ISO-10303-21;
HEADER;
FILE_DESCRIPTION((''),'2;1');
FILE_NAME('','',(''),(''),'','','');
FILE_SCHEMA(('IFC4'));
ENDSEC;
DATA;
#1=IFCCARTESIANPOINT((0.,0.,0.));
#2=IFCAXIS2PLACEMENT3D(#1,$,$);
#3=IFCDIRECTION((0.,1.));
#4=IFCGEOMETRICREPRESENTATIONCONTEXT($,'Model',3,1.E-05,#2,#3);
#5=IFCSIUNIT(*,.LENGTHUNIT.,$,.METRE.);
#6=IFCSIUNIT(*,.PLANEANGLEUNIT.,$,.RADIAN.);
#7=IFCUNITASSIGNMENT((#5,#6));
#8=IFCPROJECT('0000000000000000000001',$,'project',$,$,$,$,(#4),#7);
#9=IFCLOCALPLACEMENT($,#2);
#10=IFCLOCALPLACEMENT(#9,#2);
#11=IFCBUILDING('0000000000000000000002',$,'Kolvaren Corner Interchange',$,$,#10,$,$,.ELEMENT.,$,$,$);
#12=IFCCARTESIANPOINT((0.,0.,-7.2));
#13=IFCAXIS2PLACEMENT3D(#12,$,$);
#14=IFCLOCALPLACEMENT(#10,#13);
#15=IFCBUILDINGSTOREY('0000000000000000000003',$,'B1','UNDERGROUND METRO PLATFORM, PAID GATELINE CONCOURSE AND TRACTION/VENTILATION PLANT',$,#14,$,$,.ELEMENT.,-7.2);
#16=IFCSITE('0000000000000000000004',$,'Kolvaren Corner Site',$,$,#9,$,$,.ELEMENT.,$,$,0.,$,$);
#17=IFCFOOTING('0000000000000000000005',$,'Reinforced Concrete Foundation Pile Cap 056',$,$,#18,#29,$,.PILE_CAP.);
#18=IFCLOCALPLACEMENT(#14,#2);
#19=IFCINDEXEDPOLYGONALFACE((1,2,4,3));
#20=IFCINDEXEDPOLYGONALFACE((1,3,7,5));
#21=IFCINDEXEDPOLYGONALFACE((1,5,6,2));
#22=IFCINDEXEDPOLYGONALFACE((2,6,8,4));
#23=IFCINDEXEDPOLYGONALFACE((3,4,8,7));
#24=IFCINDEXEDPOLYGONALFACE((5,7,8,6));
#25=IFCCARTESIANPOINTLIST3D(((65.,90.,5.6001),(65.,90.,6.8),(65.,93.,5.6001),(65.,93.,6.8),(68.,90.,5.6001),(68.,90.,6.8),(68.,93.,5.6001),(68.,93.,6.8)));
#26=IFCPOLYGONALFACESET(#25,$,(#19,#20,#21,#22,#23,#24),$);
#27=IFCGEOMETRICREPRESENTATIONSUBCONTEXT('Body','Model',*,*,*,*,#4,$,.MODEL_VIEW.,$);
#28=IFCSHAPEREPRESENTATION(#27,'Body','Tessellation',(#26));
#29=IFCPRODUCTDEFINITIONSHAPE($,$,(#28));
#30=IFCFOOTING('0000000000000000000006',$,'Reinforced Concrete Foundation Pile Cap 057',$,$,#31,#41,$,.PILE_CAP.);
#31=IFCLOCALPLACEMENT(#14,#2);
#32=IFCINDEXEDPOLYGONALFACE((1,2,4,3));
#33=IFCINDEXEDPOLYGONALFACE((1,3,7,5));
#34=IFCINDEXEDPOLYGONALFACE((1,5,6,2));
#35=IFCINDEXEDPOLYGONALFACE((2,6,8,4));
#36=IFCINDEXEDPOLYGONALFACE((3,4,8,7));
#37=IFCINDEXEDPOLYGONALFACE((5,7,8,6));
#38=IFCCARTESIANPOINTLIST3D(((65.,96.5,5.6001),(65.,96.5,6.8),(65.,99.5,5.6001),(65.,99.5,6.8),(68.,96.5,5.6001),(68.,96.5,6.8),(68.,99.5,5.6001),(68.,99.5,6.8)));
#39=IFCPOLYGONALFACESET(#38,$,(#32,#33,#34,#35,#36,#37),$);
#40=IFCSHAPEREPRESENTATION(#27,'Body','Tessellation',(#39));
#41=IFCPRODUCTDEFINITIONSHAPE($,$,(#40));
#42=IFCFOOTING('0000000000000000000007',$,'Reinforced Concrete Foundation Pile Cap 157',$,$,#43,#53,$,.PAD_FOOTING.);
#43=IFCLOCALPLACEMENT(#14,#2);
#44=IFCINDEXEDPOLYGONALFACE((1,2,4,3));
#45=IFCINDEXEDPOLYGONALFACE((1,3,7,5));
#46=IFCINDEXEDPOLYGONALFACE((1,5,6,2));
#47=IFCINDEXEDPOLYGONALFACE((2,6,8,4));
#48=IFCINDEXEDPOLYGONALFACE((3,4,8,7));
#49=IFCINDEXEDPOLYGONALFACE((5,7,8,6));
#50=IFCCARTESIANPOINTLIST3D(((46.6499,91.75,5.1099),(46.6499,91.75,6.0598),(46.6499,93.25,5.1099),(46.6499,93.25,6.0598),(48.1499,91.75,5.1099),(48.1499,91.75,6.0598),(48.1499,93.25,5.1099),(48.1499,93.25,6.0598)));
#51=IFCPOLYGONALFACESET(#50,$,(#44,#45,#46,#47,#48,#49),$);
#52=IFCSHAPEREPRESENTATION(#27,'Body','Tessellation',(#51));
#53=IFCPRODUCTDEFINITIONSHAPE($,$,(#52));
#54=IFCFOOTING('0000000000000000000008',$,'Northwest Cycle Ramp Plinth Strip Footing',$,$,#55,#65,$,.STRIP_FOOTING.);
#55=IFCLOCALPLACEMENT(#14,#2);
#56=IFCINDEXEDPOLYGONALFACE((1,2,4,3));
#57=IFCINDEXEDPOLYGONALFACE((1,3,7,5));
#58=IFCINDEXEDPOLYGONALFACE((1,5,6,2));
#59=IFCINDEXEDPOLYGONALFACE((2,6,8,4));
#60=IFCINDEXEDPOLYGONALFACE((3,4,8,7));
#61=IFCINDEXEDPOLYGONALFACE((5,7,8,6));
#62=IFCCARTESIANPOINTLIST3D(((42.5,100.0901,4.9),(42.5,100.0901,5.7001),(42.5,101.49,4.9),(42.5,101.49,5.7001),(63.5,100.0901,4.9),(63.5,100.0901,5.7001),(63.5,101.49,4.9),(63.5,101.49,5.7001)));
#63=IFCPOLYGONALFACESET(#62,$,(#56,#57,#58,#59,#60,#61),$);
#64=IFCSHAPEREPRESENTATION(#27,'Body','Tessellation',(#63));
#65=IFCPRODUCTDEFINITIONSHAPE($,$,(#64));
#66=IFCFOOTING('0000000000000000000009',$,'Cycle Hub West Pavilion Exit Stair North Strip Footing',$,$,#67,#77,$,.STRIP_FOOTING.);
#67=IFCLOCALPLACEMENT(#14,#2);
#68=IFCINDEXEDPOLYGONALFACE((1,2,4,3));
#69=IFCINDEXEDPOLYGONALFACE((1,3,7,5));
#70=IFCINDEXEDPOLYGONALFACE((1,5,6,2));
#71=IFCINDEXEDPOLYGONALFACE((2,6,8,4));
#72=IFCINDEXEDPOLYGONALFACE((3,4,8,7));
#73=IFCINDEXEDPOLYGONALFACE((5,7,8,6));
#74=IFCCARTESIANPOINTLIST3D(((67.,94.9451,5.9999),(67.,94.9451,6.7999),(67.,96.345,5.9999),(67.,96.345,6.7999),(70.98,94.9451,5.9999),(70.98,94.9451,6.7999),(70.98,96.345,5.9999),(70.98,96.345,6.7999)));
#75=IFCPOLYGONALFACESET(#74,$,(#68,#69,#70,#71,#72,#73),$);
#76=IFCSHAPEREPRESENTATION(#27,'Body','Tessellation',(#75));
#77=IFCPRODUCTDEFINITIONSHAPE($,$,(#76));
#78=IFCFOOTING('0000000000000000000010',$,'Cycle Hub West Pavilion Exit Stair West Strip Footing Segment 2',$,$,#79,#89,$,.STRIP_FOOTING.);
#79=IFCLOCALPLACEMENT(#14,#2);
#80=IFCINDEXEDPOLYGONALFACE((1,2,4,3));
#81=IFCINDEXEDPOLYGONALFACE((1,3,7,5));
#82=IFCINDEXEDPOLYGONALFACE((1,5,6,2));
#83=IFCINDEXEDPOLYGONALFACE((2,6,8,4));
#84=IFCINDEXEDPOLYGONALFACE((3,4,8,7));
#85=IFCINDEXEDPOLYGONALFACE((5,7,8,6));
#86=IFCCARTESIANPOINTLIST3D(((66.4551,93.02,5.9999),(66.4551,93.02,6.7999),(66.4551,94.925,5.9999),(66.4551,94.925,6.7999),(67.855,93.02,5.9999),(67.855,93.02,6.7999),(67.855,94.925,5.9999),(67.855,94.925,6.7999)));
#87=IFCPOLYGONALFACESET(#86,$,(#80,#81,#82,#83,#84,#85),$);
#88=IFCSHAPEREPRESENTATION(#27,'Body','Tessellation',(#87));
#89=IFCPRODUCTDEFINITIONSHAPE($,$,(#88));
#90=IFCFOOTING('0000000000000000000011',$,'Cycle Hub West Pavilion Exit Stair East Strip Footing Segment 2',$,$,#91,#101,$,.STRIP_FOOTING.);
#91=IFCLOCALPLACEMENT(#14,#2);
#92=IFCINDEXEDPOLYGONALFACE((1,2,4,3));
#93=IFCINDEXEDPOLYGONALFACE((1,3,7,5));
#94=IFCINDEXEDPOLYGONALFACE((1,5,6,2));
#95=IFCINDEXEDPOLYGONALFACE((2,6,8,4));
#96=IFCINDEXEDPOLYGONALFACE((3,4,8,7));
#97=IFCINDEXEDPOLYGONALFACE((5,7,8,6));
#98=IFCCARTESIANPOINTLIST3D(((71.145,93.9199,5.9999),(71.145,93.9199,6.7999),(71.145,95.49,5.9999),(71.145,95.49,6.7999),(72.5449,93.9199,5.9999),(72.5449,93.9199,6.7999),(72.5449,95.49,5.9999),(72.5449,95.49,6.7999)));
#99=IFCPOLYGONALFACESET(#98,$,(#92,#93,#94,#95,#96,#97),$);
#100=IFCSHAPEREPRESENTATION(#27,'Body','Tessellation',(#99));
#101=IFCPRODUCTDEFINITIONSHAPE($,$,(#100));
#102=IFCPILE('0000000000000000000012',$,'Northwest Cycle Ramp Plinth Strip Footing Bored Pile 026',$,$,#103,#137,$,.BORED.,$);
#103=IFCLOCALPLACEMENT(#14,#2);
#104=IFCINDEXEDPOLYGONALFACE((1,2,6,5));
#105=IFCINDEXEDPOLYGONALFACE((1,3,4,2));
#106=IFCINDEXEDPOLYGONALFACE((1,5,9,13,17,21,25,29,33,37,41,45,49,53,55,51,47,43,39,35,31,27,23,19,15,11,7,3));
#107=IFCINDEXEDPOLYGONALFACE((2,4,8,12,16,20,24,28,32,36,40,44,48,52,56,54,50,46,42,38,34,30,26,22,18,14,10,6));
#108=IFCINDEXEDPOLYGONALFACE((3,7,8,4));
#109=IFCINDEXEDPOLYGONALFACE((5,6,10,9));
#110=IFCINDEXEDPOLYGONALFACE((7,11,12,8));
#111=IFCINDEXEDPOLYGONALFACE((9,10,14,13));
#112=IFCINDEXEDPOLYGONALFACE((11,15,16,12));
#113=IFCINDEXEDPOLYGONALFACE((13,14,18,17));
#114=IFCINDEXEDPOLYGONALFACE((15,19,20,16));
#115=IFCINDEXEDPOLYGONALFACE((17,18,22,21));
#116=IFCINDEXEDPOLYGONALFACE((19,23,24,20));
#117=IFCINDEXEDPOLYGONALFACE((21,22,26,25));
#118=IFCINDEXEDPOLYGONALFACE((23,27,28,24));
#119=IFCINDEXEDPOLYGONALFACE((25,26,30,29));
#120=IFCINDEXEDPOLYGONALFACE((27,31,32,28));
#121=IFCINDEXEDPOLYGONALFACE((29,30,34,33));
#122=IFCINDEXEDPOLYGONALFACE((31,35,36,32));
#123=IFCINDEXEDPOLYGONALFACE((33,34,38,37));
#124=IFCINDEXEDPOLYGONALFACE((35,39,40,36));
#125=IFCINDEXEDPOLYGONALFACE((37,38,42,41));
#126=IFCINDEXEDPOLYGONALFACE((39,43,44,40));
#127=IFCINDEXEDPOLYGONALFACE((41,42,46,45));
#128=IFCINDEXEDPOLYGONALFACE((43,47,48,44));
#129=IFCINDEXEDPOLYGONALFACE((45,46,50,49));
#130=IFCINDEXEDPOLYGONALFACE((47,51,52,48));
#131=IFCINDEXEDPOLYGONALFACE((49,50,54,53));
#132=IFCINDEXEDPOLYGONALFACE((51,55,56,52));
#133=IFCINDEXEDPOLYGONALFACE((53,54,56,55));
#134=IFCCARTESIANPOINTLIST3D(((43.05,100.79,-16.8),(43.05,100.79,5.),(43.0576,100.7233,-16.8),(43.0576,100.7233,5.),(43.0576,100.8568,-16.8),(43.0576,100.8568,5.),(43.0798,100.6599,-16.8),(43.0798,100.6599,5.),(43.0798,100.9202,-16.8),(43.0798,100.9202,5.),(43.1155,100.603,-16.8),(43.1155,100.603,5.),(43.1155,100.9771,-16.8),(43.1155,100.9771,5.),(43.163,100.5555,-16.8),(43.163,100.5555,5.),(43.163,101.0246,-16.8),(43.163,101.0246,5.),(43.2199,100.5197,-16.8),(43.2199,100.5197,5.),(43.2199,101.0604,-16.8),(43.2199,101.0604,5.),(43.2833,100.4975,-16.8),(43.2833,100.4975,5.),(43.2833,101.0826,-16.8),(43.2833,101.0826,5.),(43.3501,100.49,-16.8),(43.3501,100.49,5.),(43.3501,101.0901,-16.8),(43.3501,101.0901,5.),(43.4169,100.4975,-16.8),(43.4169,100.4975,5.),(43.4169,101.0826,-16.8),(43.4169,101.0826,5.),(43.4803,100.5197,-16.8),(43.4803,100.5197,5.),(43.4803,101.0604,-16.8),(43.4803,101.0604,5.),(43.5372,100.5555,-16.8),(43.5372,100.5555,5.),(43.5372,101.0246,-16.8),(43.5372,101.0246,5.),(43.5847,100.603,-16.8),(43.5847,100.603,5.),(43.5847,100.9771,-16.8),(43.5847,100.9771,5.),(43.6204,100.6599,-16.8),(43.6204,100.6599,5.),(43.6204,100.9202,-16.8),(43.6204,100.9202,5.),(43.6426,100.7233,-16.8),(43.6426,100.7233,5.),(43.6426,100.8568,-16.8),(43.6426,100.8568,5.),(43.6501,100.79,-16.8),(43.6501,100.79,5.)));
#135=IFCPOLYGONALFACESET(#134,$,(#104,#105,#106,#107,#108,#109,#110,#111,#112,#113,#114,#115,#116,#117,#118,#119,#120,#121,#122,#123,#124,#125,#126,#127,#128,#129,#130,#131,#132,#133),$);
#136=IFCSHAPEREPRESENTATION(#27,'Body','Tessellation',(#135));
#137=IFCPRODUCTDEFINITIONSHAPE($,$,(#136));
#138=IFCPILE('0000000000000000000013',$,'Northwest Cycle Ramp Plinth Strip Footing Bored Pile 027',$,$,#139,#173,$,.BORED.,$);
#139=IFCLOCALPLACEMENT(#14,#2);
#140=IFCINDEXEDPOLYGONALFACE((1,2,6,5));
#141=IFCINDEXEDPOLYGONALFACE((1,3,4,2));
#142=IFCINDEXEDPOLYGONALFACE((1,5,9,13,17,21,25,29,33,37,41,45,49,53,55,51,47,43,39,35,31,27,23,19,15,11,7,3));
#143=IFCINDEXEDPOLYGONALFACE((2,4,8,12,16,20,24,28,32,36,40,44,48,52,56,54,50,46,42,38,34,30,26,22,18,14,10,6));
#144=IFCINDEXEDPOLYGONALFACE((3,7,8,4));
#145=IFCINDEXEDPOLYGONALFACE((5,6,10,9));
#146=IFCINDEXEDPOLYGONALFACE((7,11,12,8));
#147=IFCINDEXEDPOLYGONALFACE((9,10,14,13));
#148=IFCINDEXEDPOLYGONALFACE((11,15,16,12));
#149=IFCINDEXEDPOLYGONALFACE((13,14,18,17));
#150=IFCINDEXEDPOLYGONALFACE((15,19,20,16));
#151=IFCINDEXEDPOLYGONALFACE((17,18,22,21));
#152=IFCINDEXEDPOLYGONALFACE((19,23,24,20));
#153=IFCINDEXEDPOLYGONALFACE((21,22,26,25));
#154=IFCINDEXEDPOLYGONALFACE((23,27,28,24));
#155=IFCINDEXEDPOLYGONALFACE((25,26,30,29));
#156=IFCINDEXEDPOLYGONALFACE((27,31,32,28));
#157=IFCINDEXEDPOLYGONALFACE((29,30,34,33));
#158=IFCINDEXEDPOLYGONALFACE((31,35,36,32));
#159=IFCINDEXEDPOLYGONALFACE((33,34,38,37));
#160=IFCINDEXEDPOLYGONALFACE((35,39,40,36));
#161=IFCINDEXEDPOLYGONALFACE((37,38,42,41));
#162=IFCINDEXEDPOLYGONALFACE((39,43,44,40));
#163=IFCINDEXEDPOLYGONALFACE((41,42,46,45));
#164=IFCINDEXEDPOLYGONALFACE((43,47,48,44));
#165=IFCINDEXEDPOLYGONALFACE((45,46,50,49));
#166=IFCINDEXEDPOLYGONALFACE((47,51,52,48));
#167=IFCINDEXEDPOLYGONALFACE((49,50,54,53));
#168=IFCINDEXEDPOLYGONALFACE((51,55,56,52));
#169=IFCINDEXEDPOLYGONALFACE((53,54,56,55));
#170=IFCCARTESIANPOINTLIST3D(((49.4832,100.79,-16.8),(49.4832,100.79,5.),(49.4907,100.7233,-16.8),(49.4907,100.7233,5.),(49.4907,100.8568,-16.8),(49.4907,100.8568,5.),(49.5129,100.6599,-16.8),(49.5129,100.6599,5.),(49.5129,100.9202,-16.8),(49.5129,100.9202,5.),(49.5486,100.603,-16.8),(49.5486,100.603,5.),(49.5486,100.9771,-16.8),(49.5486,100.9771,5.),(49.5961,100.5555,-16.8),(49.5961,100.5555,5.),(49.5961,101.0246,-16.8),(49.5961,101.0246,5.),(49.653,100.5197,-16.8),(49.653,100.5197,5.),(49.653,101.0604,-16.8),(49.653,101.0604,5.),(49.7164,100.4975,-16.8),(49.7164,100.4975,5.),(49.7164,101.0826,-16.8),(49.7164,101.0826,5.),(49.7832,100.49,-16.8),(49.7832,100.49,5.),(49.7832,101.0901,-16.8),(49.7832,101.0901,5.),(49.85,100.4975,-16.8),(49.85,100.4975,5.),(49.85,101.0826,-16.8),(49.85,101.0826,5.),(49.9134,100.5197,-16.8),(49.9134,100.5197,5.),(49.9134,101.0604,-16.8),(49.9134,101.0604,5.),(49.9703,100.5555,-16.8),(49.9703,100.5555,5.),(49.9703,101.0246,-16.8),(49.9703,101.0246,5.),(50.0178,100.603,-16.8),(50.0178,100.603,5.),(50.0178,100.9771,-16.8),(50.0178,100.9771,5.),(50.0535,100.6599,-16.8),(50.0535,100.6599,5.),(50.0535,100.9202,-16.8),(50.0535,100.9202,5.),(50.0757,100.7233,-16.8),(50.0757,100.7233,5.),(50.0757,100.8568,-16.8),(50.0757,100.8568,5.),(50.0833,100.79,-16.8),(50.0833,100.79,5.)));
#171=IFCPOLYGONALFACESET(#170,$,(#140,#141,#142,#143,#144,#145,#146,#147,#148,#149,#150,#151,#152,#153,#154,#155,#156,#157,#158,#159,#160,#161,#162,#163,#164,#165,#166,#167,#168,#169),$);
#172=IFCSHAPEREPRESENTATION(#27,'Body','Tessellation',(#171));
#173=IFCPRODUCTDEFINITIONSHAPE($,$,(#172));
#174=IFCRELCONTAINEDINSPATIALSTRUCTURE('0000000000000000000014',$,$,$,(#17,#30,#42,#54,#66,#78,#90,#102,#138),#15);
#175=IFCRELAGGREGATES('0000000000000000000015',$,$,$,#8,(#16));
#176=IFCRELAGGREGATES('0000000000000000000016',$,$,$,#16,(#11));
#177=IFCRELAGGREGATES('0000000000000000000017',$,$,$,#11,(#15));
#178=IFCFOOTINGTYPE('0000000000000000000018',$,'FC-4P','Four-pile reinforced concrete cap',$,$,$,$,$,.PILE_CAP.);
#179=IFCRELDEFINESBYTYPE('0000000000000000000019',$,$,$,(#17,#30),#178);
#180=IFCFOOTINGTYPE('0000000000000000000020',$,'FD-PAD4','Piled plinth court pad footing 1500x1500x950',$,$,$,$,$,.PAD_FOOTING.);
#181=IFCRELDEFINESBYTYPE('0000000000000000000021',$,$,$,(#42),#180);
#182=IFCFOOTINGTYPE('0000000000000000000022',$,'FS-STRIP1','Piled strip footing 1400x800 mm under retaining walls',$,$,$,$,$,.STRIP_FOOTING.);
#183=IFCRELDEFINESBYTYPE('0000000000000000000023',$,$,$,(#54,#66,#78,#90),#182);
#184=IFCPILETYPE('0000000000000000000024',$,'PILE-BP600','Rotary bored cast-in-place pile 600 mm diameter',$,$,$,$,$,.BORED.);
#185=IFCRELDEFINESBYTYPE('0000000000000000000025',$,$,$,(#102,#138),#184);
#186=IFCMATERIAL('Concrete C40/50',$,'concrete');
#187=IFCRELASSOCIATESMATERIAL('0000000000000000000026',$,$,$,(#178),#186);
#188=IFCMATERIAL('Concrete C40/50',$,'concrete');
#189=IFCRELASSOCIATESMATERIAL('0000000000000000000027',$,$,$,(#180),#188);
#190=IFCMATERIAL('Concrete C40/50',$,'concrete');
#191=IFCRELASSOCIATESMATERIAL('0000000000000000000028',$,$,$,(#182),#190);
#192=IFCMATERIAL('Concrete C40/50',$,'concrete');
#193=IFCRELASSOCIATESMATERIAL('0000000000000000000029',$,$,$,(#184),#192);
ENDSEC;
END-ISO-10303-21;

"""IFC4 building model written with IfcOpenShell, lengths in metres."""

from ifc_helpers import new_model, si_unit, direction, frame, origin, origin_2d, place, context, subcontext, project, spatial, rectangle, circle, extrude, material, material_profile, profile_set, type_object, element, save


model = new_model("IFC4")

# Units and contexts
model_context = context("Model", 3, precision=1e-05, world=origin(), true_north=direction((0.0, 1.0)))
body_context = subcontext(model_context, "Body", "Model", "MODEL_VIEW")
ifc_project = project(units=[si_unit("LENGTHUNIT", "METRE"), si_unit("PLANEANGLEUNIT", "RADIAN")], contexts=[model_context])

# Site, building, storey
site_placement = place(None, origin())
site = spatial("IfcSite", under=ifc_project, at=site_placement, Name="Kolvaren Corner Site", CompositionType="ELEMENT", RefElevation=0.0)
building_placement = place(site_placement, origin())
building = spatial("IfcBuilding", under=site, at=building_placement, Name="Kolvaren Corner Interchange", CompositionType="ELEMENT")
storey_placement = place(building_placement, frame((0.0, 0.0, -7.2)))
storey = spatial("IfcBuildingStorey", under=building, at=storey_placement, Name="B1", Description="UNDERGROUND METRO PLATFORM, PAID GATELINE CONCOURSE AND TRACTION/VENTILATION PLANT", CompositionType="ELEMENT", Elevation=-7.2)

# Footings
ifc_material_1 = material(Name="Concrete C40/50", Category="concrete")
footing_type_1 = type_object("IfcFootingType", Name="FC-4P", Description="Four-pile reinforced concrete cap", PredefinedType="PILE_CAP", material=ifc_material_1)
for number, where, z_axis, x_axis, name in (
    (1, (66.5, 91.5, 5.6001), (0.0, 0.0, 1.0), (1.0, 0.0, 0.0), "Reinforced Concrete Foundation Pile Cap 056"),
    (2, (66.5, 98.0, 5.6001), (0.0, 0.0, 1.0), (1.0, 0.0, 0.0), "Reinforced Concrete Foundation Pile Cap 057"),
):
    element("IfcFooting", number, at=place(storey_placement, frame(where, z_axis=z_axis, x_axis=x_axis)), inside=storey, type_object=footing_type_1, Name=name, PredefinedType="PILE_CAP", context=body_context, shape_type="SweptSolid", body=[
        extrude(rectangle(XDim=3.0, YDim=3.0, at=origin_2d()), origin(), (0.0, 0.0, 1.0), 1.2),
    ])
ifc_material_2 = material(Name="Concrete C40/50", Category="concrete")
footing_type_2 = type_object("IfcFootingType", Name="FD-PAD4", Description="Piled plinth court pad footing 1500x1500x950", PredefinedType="PAD_FOOTING", material=ifc_material_2)
footing_1_placement = place(storey_placement, frame((47.3999, 92.5, 5.1099), z_axis=(0.0, 0.0, 1.0), x_axis=(1.0, 0.0, 0.0)))
element("IfcFooting", 3, at=footing_1_placement, inside=storey, type_object=footing_type_2, Name="Reinforced Concrete Foundation Pile Cap 157", PredefinedType="PAD_FOOTING", context=body_context, shape_type="SweptSolid", body=[
    extrude(rectangle(XDim=1.5, YDim=1.5, at=origin_2d()), origin(), (0.0, 0.0, 1.0), 0.95),
])
ifc_material_3 = material(Name="Concrete C40/50", Category="concrete")
ifc_material_profile_1 = material_profile(ifc_material_3, rectangle(XDim=1.3999, YDim=0.8, at=origin_2d()), Name="STRIP 1400x800")
ifc_profile_set_1 = profile_set([ifc_material_profile_1], Name="Concrete C40/50")
footing_type_3 = type_object("IfcFootingType", Name="FS-STRIP1", Description="Piled strip footing 1400x800 mm under retaining walls", PredefinedType="STRIP_FOOTING", material=ifc_profile_set_1)
footing_2_placement = place(storey_placement, frame((42.5, 100.79, 5.3), z_axis=(1.0, 0.0, 0.0), x_axis=(0.0, 1.0, 0.0)))
element("IfcFooting", 4, at=footing_2_placement, inside=storey, type_object=footing_type_3, Name="Northwest Cycle Ramp Plinth Strip Footing", PredefinedType="STRIP_FOOTING", context=body_context, shape_type="SweptSolid", body=[
    extrude(rectangle(XDim=1.3999, YDim=0.8, at=origin_2d()), origin(), (0.0, 0.0, 1.0), 21.0),
])
footing_3_placement = place(storey_placement, frame((67.0, 95.645, 6.3999), z_axis=(1.0, 0.0, 0.0), x_axis=(0.0, 1.0, 0.0)))
element("IfcFooting", 5, at=footing_3_placement, inside=storey, type_object=footing_type_3, Name="Cycle Hub West Pavilion Exit Stair North Strip Footing", PredefinedType="STRIP_FOOTING", context=body_context, shape_type="SweptSolid", body=[
    extrude(rectangle(XDim=1.3999, YDim=0.8, at=origin_2d()), origin(), (0.0, 0.0, 1.0), 3.98),
])
footing_4_placement = place(storey_placement, frame((67.155, 93.02, 6.3999), z_axis=(0.0, 1.0, 0.0), x_axis=(-1.0, 0.0, 0.0)))
element("IfcFooting", 6, at=footing_4_placement, inside=storey, type_object=footing_type_3, Name="Cycle Hub West Pavilion Exit Stair West Strip Footing Segment 2", PredefinedType="STRIP_FOOTING", context=body_context, shape_type="SweptSolid", body=[
    extrude(rectangle(XDim=1.3999, YDim=0.8, at=origin_2d()), origin(), (0.0, 0.0, 1.0), 1.905),
])
footing_5_placement = place(storey_placement, frame((71.845, 93.9199, 6.3999), z_axis=(0.0, 1.0, 0.0), x_axis=(-1.0, 0.0, 0.0)))
element("IfcFooting", 7, at=footing_5_placement, inside=storey, type_object=footing_type_3, Name="Cycle Hub West Pavilion Exit Stair East Strip Footing Segment 2", PredefinedType="STRIP_FOOTING", context=body_context, shape_type="SweptSolid", body=[
    extrude(rectangle(XDim=1.3999, YDim=0.8, at=origin_2d()), origin(), (0.0, 0.0, 1.0), 1.5701),
])

# Piles
ifc_material_4 = material(Name="Concrete C40/50", Category="concrete")
ifc_material_profile_2 = material_profile(ifc_material_4, circle(Radius=0.3, at=origin_2d()), Name="BORED PILE 600")
ifc_profile_set_2 = profile_set([ifc_material_profile_2], Name="Concrete C40/50")
pile_type_1 = type_object("IfcPileType", Name="PILE-BP600", Description="Rotary bored cast-in-place pile 600 mm diameter", PredefinedType="BORED", material=ifc_profile_set_2)
for number, where, z_axis, x_axis, name in (
    (8, (43.3501, 100.79, 5.0), (0.0, 0.0, -1.0), (1.0, 0.0, 0.0), "Northwest Cycle Ramp Plinth Strip Footing Bored Pile 026"),
    (9, (49.7832, 100.79, 5.0), (0.0, 0.0, -1.0), (1.0, 0.0, 0.0), "Northwest Cycle Ramp Plinth Strip Footing Bored Pile 027"),
):
    element("IfcPile", number, at=place(storey_placement, frame(where, z_axis=z_axis, x_axis=x_axis)), inside=storey, type_object=pile_type_1, Name=name, PredefinedType="BORED", context=body_context, shape_type="SweptSolid", body=[
        extrude(circle(Radius=0.3, at=origin_2d()), origin(), (0.0, 0.0, 1.0), 21.8),
    ])

save(model, "model.ifc")
